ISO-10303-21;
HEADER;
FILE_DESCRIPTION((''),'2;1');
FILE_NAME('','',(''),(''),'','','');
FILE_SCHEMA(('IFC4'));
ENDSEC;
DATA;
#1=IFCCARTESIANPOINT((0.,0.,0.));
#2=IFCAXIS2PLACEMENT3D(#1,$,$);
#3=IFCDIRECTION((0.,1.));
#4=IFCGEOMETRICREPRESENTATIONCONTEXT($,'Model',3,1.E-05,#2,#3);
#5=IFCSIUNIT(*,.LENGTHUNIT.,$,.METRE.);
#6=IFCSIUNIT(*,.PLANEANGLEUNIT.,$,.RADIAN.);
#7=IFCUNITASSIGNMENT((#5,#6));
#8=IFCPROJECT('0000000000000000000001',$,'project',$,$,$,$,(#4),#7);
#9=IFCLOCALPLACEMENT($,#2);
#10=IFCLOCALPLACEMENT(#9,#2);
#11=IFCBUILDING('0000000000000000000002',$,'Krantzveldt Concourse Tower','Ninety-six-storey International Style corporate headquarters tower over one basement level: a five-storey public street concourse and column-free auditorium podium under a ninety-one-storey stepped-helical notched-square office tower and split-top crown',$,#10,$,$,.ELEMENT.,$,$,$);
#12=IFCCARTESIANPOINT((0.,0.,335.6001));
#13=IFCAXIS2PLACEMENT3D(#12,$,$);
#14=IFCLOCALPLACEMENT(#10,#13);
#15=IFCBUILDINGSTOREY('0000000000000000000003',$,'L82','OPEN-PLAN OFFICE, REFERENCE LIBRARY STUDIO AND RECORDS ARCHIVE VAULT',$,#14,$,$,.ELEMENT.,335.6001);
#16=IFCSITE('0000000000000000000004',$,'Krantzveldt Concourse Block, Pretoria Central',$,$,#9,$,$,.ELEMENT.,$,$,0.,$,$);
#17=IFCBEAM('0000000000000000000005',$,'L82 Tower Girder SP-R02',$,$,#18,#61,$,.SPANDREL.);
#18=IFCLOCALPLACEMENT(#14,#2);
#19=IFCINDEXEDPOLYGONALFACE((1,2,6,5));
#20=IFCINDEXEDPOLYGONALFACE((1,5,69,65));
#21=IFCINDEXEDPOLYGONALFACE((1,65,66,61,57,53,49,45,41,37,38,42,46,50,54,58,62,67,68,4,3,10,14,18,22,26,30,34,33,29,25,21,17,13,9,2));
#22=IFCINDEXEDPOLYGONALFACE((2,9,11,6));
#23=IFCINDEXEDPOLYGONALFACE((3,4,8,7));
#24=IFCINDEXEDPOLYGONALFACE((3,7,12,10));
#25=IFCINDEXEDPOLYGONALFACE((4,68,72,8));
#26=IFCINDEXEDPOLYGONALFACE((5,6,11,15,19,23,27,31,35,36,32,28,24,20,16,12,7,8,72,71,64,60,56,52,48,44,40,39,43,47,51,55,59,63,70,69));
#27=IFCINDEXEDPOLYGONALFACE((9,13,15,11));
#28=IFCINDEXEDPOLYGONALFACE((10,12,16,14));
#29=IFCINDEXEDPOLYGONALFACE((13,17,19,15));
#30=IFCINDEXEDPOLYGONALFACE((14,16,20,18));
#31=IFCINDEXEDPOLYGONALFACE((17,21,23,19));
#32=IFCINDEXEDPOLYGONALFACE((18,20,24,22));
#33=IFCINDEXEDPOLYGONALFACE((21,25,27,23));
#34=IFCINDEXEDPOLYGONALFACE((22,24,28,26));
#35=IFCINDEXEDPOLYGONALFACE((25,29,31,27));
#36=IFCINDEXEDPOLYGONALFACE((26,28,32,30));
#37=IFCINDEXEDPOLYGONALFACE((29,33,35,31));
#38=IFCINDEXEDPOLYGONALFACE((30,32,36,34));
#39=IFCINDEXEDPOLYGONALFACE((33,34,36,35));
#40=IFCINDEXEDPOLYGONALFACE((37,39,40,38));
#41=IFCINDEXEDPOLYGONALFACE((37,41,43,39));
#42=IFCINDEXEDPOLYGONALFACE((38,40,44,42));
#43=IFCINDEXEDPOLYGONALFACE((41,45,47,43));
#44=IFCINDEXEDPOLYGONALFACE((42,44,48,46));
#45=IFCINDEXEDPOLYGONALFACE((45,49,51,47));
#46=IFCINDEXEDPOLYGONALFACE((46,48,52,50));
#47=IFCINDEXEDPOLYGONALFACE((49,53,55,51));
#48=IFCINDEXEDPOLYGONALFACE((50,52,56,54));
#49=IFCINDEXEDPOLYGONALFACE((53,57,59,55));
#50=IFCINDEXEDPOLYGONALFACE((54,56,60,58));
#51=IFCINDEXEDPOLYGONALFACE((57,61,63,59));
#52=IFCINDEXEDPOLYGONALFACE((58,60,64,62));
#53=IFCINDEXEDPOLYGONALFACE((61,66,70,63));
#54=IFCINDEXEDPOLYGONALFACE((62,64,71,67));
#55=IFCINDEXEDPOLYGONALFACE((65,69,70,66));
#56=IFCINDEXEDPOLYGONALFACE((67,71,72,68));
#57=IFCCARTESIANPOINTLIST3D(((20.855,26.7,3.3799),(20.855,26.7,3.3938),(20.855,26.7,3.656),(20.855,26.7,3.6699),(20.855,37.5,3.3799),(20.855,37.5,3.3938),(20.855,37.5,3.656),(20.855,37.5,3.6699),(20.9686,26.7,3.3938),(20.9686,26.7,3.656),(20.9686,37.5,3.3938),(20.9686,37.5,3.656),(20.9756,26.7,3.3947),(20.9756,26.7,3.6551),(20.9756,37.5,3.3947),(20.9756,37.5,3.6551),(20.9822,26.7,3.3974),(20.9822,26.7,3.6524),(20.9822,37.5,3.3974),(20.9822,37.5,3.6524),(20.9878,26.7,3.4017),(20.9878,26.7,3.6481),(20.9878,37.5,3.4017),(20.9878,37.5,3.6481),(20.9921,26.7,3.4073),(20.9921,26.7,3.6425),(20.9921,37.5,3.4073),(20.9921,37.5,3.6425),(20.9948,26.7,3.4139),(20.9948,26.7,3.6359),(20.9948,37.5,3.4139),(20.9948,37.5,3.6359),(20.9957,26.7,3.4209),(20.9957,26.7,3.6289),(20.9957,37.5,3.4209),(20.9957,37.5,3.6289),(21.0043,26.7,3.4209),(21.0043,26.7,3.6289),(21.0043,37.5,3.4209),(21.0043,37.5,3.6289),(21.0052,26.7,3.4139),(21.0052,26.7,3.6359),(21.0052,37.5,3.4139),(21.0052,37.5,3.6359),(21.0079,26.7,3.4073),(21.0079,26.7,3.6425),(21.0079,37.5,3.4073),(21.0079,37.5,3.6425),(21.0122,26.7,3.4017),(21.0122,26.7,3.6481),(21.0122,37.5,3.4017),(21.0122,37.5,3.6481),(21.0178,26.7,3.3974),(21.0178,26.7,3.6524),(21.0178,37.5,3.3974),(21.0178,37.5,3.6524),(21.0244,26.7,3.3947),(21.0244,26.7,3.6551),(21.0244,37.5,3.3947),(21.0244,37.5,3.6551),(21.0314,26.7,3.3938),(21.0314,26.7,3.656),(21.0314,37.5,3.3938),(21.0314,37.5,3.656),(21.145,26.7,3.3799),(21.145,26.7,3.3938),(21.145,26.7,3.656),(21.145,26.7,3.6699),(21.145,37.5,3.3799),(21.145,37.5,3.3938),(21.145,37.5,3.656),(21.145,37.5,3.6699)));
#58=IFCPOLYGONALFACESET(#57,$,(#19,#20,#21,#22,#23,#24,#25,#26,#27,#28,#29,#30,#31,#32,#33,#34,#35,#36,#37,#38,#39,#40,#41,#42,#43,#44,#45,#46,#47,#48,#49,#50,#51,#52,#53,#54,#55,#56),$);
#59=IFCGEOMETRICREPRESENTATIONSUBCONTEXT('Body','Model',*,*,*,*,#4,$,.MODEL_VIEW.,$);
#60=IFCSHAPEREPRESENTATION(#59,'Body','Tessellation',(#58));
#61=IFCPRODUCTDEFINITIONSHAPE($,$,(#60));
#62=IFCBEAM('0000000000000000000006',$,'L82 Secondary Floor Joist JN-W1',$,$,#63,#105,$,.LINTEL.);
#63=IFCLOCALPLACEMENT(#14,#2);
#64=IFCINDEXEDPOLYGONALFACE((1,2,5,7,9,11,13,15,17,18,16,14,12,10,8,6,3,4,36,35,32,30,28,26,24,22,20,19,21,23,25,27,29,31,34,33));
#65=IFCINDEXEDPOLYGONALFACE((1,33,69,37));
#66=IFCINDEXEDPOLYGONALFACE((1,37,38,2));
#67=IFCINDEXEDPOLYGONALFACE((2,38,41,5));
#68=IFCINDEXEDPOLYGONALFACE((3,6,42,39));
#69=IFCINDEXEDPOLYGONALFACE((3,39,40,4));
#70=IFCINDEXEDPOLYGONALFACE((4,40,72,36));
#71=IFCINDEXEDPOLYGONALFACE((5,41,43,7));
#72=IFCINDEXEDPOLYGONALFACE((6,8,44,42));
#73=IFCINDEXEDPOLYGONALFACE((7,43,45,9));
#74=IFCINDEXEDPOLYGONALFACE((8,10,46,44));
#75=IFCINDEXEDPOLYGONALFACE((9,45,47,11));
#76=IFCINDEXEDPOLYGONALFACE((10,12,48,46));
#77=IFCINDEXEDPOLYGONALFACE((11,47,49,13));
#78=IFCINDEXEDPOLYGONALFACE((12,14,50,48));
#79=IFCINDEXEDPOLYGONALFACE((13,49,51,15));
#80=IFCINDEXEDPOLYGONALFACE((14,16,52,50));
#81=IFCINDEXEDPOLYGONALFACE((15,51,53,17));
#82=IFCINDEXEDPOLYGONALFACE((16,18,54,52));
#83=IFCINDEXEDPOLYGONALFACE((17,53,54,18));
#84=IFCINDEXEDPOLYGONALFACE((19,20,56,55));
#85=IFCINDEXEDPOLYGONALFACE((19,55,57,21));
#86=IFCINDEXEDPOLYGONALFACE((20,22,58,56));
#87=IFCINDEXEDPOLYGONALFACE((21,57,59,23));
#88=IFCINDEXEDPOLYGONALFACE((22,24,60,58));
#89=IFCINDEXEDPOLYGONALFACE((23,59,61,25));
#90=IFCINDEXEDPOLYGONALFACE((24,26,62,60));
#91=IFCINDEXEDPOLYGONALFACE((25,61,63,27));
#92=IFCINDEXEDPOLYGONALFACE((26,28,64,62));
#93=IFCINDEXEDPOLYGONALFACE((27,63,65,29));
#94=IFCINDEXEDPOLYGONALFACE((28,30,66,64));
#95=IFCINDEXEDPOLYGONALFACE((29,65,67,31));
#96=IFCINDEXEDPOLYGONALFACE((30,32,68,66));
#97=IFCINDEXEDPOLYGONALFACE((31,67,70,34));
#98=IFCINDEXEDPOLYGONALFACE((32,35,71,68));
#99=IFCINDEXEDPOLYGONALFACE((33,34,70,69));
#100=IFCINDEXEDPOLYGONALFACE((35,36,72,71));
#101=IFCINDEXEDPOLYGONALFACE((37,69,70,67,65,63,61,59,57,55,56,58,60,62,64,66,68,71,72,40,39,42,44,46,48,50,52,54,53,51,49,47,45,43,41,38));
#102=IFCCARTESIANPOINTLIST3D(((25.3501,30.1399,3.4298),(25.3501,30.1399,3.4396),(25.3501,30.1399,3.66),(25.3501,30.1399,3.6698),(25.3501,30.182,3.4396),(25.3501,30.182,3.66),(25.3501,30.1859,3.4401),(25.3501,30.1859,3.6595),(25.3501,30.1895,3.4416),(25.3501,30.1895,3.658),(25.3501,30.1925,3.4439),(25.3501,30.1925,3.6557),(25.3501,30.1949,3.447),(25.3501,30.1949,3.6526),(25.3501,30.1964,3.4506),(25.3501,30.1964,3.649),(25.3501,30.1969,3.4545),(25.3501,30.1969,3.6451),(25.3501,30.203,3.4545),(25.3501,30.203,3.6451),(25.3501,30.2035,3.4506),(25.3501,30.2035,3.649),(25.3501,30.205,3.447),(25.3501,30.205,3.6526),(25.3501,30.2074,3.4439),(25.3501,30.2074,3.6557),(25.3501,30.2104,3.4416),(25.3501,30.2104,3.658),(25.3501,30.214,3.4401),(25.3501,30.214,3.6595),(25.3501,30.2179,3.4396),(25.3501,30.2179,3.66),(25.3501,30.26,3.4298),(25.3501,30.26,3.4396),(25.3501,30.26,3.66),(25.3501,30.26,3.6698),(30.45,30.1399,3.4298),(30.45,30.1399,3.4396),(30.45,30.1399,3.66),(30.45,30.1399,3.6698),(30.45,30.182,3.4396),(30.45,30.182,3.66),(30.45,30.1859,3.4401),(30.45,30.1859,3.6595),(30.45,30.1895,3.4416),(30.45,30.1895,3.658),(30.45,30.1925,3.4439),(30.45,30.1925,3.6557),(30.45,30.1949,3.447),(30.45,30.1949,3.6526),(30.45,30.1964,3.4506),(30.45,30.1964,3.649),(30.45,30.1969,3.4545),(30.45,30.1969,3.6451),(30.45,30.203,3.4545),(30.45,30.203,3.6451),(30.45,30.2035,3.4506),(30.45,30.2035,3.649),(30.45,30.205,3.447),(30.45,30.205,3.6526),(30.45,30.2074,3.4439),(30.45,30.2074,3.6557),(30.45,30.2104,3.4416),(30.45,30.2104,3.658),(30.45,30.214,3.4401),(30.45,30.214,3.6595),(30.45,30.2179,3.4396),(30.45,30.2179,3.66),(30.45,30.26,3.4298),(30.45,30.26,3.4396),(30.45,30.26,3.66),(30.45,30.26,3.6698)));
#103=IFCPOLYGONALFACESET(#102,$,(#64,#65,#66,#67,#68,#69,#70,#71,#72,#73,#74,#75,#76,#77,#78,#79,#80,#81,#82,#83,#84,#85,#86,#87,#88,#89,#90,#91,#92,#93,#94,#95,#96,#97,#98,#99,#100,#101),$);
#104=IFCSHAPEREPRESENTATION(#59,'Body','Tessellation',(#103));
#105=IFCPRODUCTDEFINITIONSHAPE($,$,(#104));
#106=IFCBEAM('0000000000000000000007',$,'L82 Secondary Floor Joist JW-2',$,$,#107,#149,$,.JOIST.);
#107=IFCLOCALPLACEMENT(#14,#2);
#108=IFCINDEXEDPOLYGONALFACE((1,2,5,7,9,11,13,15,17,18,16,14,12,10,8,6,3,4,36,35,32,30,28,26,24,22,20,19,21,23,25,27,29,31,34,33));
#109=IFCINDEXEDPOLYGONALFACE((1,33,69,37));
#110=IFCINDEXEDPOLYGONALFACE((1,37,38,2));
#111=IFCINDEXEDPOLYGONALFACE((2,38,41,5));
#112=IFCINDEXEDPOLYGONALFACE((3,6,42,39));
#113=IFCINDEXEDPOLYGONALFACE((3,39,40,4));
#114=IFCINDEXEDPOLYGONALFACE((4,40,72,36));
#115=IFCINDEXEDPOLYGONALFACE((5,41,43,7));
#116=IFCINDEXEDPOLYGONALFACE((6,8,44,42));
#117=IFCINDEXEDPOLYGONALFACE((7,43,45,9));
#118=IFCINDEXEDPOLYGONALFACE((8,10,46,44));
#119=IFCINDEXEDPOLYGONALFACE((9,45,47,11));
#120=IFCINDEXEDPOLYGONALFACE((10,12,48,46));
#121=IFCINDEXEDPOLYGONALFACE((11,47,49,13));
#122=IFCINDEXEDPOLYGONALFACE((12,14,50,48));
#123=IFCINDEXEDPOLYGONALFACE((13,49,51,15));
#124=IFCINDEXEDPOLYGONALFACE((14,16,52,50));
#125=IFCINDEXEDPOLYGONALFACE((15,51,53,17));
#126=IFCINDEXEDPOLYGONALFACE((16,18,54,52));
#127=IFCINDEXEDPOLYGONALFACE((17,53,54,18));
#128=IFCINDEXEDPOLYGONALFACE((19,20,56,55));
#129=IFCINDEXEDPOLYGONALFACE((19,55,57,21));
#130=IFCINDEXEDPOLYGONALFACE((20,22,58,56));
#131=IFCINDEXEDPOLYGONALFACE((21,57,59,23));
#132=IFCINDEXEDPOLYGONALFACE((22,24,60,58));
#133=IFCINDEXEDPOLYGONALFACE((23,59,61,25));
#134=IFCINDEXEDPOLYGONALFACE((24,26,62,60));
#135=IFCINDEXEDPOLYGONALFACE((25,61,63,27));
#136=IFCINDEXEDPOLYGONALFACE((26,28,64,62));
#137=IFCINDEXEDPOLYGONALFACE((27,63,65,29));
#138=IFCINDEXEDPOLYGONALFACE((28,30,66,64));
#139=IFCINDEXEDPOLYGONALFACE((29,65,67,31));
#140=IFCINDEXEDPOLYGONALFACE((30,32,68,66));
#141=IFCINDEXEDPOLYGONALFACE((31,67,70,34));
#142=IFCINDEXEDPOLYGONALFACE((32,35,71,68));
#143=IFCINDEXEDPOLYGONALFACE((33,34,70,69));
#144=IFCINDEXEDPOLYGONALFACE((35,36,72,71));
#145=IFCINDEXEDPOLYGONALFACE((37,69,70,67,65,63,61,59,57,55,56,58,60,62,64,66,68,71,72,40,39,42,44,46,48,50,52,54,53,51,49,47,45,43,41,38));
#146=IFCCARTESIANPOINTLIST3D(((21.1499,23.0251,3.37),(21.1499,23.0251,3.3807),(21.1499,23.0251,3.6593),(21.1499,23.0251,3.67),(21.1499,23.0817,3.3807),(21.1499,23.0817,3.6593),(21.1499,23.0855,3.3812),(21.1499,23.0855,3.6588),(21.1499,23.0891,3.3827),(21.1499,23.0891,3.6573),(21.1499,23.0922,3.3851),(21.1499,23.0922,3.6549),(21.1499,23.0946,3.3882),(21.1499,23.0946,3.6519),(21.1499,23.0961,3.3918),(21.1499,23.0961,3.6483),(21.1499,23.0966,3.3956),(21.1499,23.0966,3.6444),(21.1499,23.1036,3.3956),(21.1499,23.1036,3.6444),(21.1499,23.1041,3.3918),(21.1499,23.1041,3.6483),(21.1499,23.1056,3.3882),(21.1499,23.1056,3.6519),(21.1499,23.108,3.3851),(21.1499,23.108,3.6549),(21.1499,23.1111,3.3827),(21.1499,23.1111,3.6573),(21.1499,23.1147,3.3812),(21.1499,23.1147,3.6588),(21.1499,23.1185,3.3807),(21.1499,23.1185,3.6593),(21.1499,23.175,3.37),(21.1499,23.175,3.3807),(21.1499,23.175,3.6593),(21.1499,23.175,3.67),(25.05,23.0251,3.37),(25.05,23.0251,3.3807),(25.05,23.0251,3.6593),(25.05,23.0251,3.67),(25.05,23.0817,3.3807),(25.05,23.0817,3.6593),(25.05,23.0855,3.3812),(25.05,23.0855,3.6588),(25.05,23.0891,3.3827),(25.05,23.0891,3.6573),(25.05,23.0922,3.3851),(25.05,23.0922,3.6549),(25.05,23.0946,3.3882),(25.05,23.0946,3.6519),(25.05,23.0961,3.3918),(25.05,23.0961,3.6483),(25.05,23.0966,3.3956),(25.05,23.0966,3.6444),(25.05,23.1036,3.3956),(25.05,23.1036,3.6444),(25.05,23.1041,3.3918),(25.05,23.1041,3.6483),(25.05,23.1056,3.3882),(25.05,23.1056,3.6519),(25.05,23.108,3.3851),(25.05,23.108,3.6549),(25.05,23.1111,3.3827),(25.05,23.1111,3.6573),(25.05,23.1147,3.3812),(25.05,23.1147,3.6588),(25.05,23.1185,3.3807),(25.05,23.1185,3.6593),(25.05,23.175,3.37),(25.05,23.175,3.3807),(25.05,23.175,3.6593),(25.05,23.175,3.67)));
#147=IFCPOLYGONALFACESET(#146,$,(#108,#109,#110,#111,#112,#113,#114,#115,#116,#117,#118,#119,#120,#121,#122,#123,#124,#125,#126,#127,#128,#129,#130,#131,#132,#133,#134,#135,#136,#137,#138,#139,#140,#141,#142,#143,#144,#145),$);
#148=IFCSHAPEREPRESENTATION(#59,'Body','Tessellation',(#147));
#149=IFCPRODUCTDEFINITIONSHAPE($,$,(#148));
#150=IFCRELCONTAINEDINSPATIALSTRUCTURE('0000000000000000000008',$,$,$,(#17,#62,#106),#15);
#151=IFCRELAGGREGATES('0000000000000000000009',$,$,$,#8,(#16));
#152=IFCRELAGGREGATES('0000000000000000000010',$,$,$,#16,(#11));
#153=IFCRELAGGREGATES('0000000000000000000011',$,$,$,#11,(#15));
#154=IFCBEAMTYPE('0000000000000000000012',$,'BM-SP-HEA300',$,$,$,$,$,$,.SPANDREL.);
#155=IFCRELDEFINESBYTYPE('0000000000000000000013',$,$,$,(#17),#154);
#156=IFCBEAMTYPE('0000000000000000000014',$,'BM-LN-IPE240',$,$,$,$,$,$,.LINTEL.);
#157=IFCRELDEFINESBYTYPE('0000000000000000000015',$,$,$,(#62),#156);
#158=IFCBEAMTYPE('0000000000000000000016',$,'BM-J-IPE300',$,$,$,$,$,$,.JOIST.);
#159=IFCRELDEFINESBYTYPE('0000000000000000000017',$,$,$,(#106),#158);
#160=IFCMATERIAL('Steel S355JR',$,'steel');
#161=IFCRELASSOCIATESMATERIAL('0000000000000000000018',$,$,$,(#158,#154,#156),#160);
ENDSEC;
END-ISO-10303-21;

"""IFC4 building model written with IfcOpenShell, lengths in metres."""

from ifc_helpers import new_model, si_unit, direction, frame, origin, origin_2d, place, context, subcontext, project, spatial, i_section, extrude, source, transform, mapped, material, material_profile, profile_set, type_object, type_shapes, element, save


model = new_model("IFC4")

# Units and contexts
model_context = context("Model", 3, precision=1e-05, world=origin(), true_north=direction((0.0, 1.0)))
body_context = subcontext(model_context, "Body", "Model", "MODEL_VIEW")
ifc_project = project(units=[si_unit("LENGTHUNIT", "METRE"), si_unit("PLANEANGLEUNIT", "RADIAN")], contexts=[model_context])

# Site, building, storey
site_placement = place(None, origin())
site = spatial("IfcSite", under=ifc_project, at=site_placement, Name="Krantzveldt Concourse Block, Pretoria Central", CompositionType="ELEMENT", RefElevation=0.0)
building_placement = place(site_placement, origin())
building = spatial("IfcBuilding", under=site, at=building_placement, Name="Krantzveldt Concourse Tower", Description="Ninety-six-storey International Style corporate headquarters tower over one basement level: a five-storey public street concourse and column-free auditorium podium under a ninety-one-storey stepped-helical notched-square office tower and split-top crown", CompositionType="ELEMENT")
storey_placement = place(building_placement, frame((0.0, 0.0, 335.6001)))
storey = spatial("IfcBuildingStorey", under=building, at=storey_placement, Name="L82", Description="OPEN-PLAN OFFICE, REFERENCE LIBRARY STUDIO AND RECORDS ARCHIVE VAULT", CompositionType="ELEMENT", Elevation=335.6001)

# Beams
ifc_material_1 = material(Name="Steel S355JR", Category="steel")
ifc_material_profile_1 = material_profile(ifc_material_1, i_section(OverallWidth=0.1499, OverallDepth=0.3, WebThickness=0.0071, FlangeThickness=0.0107, FilletRadius=0.0149, at=origin_2d()), Name="Steel S355JR", Category="steel")
ifc_profile_set_1 = profile_set([ifc_material_profile_1], Name="Steel S355JR - IPE 300")
beam_type_1 = type_object("IfcBeamType", Name="BM-J-IPE300", PredefinedType="JOIST", material=ifc_profile_set_1)
ifc_material_profile_2 = material_profile(ifc_material_1, i_section(OverallWidth=0.29, OverallDepth=0.29, WebThickness=0.0085, FlangeThickness=0.0139, FilletRadius=0.0271, at=origin_2d()), Name="Steel S355JR", Category="steel")
ifc_profile_set_2 = profile_set([ifc_material_profile_2], Name="Steel S355JR - HEA 300")
beam_type_2 = type_object("IfcBeamType", Name="BM-SP-HEA300", PredefinedType="SPANDREL", material=ifc_profile_set_2)
shared_shape_1 = source(origin(), body_context, "Body", "SweptSolid", [
    extrude(i_section(OverallWidth=0.29, OverallDepth=0.29, WebThickness=0.0085, FlangeThickness=0.0139, FilletRadius=0.0271, at=origin_2d()), origin(), (0.0, 0.0, 1.0), 10.8),
])
type_shapes(beam_type_2, [shared_shape_1])
beam_1_placement = place(storey_placement, frame((21.0, 26.7, 3.5249), z_axis=(0.0, 1.0, 0.0), x_axis=(-1.0, 0.0, 0.0)))
element("IfcBeam", 1, at=beam_1_placement, inside=storey, type_object=beam_type_2, Name="L82 Tower Girder SP-R02", PredefinedType="SPANDREL", context=body_context, shape_type="MappedRepresentation", body=[
    mapped(shared_shape_1, transform((0.0, 0.0, 0.0), x_axis=(1.0, 0.0, 0.0), y_axis=(0.0, 1.0, 0.0), z_axis=(0.0, 0.0, 1.0), scale=1.0)),
])
ifc_material_profile_3 = material_profile(ifc_material_1, i_section(OverallWidth=0.1201, OverallDepth=0.24, WebThickness=0.0061, FlangeThickness=0.0098, FilletRadius=0.0149, at=origin_2d()), Name="Steel S355JR", Category="steel")
ifc_profile_set_3 = profile_set([ifc_material_profile_3], Name="Steel S355JR - IPE 240")
beam_type_3 = type_object("IfcBeamType", Name="BM-LN-IPE240", PredefinedType="LINTEL", material=ifc_profile_set_3)
shared_shape_2 = source(origin(), body_context, "Body", "SweptSolid", [
    extrude(i_section(OverallWidth=0.1201, OverallDepth=0.24, WebThickness=0.0061, FlangeThickness=0.0098, FilletRadius=0.0149, at=origin_2d()), origin(), (0.0, 0.0, 1.0), 5.0999),
])
type_shapes(beam_type_3, [shared_shape_2])
beam_2_placement = place(storey_placement, frame((25.3501, 30.2, 3.5498), z_axis=(1.0, 0.0, 0.0), x_axis=(0.0, 1.0, 0.0)))
element("IfcBeam", 2, at=beam_2_placement, inside=storey, type_object=beam_type_3, Name="L82 Secondary Floor Joist JN-W1", PredefinedType="LINTEL", context=body_context, shape_type="MappedRepresentation", body=[
    mapped(shared_shape_2, transform((0.0, 0.0, 0.0), x_axis=(1.0, 0.0, 0.0), y_axis=(0.0, 1.0, 0.0), z_axis=(0.0, 0.0, 1.0), scale=1.0)),
])
shared_shape_3 = source(origin(), body_context, "Body", "SweptSolid", [
    extrude(i_section(OverallWidth=0.1499, OverallDepth=0.3, WebThickness=0.0071, FlangeThickness=0.0107, FilletRadius=0.0149, at=origin_2d()), origin(), (0.0, 0.0, 1.0), 3.9001),
])
for number, where, z_axis, x_axis, name in (
    (3, (21.1499, 23.1001, 3.52), (1.0, 0.0, 0.0), (0.0, 1.0, 0.0), "L82 Secondary Floor Joist JW-2"),
):
    element("IfcBeam", number, at=place(storey_placement, frame(where, z_axis=z_axis, x_axis=x_axis)), inside=storey, type_object=beam_type_1, Name=name, PredefinedType="JOIST", context=body_context, shape_type="MappedRepresentation", body=[
        mapped(shared_shape_3, transform((0.0, 0.0, 0.0), x_axis=(1.0, 0.0, 0.0), y_axis=(0.0, 1.0, 0.0), z_axis=(0.0, 0.0, 1.0), scale=1.0)),
    ])

save(model, "model.ifc")
